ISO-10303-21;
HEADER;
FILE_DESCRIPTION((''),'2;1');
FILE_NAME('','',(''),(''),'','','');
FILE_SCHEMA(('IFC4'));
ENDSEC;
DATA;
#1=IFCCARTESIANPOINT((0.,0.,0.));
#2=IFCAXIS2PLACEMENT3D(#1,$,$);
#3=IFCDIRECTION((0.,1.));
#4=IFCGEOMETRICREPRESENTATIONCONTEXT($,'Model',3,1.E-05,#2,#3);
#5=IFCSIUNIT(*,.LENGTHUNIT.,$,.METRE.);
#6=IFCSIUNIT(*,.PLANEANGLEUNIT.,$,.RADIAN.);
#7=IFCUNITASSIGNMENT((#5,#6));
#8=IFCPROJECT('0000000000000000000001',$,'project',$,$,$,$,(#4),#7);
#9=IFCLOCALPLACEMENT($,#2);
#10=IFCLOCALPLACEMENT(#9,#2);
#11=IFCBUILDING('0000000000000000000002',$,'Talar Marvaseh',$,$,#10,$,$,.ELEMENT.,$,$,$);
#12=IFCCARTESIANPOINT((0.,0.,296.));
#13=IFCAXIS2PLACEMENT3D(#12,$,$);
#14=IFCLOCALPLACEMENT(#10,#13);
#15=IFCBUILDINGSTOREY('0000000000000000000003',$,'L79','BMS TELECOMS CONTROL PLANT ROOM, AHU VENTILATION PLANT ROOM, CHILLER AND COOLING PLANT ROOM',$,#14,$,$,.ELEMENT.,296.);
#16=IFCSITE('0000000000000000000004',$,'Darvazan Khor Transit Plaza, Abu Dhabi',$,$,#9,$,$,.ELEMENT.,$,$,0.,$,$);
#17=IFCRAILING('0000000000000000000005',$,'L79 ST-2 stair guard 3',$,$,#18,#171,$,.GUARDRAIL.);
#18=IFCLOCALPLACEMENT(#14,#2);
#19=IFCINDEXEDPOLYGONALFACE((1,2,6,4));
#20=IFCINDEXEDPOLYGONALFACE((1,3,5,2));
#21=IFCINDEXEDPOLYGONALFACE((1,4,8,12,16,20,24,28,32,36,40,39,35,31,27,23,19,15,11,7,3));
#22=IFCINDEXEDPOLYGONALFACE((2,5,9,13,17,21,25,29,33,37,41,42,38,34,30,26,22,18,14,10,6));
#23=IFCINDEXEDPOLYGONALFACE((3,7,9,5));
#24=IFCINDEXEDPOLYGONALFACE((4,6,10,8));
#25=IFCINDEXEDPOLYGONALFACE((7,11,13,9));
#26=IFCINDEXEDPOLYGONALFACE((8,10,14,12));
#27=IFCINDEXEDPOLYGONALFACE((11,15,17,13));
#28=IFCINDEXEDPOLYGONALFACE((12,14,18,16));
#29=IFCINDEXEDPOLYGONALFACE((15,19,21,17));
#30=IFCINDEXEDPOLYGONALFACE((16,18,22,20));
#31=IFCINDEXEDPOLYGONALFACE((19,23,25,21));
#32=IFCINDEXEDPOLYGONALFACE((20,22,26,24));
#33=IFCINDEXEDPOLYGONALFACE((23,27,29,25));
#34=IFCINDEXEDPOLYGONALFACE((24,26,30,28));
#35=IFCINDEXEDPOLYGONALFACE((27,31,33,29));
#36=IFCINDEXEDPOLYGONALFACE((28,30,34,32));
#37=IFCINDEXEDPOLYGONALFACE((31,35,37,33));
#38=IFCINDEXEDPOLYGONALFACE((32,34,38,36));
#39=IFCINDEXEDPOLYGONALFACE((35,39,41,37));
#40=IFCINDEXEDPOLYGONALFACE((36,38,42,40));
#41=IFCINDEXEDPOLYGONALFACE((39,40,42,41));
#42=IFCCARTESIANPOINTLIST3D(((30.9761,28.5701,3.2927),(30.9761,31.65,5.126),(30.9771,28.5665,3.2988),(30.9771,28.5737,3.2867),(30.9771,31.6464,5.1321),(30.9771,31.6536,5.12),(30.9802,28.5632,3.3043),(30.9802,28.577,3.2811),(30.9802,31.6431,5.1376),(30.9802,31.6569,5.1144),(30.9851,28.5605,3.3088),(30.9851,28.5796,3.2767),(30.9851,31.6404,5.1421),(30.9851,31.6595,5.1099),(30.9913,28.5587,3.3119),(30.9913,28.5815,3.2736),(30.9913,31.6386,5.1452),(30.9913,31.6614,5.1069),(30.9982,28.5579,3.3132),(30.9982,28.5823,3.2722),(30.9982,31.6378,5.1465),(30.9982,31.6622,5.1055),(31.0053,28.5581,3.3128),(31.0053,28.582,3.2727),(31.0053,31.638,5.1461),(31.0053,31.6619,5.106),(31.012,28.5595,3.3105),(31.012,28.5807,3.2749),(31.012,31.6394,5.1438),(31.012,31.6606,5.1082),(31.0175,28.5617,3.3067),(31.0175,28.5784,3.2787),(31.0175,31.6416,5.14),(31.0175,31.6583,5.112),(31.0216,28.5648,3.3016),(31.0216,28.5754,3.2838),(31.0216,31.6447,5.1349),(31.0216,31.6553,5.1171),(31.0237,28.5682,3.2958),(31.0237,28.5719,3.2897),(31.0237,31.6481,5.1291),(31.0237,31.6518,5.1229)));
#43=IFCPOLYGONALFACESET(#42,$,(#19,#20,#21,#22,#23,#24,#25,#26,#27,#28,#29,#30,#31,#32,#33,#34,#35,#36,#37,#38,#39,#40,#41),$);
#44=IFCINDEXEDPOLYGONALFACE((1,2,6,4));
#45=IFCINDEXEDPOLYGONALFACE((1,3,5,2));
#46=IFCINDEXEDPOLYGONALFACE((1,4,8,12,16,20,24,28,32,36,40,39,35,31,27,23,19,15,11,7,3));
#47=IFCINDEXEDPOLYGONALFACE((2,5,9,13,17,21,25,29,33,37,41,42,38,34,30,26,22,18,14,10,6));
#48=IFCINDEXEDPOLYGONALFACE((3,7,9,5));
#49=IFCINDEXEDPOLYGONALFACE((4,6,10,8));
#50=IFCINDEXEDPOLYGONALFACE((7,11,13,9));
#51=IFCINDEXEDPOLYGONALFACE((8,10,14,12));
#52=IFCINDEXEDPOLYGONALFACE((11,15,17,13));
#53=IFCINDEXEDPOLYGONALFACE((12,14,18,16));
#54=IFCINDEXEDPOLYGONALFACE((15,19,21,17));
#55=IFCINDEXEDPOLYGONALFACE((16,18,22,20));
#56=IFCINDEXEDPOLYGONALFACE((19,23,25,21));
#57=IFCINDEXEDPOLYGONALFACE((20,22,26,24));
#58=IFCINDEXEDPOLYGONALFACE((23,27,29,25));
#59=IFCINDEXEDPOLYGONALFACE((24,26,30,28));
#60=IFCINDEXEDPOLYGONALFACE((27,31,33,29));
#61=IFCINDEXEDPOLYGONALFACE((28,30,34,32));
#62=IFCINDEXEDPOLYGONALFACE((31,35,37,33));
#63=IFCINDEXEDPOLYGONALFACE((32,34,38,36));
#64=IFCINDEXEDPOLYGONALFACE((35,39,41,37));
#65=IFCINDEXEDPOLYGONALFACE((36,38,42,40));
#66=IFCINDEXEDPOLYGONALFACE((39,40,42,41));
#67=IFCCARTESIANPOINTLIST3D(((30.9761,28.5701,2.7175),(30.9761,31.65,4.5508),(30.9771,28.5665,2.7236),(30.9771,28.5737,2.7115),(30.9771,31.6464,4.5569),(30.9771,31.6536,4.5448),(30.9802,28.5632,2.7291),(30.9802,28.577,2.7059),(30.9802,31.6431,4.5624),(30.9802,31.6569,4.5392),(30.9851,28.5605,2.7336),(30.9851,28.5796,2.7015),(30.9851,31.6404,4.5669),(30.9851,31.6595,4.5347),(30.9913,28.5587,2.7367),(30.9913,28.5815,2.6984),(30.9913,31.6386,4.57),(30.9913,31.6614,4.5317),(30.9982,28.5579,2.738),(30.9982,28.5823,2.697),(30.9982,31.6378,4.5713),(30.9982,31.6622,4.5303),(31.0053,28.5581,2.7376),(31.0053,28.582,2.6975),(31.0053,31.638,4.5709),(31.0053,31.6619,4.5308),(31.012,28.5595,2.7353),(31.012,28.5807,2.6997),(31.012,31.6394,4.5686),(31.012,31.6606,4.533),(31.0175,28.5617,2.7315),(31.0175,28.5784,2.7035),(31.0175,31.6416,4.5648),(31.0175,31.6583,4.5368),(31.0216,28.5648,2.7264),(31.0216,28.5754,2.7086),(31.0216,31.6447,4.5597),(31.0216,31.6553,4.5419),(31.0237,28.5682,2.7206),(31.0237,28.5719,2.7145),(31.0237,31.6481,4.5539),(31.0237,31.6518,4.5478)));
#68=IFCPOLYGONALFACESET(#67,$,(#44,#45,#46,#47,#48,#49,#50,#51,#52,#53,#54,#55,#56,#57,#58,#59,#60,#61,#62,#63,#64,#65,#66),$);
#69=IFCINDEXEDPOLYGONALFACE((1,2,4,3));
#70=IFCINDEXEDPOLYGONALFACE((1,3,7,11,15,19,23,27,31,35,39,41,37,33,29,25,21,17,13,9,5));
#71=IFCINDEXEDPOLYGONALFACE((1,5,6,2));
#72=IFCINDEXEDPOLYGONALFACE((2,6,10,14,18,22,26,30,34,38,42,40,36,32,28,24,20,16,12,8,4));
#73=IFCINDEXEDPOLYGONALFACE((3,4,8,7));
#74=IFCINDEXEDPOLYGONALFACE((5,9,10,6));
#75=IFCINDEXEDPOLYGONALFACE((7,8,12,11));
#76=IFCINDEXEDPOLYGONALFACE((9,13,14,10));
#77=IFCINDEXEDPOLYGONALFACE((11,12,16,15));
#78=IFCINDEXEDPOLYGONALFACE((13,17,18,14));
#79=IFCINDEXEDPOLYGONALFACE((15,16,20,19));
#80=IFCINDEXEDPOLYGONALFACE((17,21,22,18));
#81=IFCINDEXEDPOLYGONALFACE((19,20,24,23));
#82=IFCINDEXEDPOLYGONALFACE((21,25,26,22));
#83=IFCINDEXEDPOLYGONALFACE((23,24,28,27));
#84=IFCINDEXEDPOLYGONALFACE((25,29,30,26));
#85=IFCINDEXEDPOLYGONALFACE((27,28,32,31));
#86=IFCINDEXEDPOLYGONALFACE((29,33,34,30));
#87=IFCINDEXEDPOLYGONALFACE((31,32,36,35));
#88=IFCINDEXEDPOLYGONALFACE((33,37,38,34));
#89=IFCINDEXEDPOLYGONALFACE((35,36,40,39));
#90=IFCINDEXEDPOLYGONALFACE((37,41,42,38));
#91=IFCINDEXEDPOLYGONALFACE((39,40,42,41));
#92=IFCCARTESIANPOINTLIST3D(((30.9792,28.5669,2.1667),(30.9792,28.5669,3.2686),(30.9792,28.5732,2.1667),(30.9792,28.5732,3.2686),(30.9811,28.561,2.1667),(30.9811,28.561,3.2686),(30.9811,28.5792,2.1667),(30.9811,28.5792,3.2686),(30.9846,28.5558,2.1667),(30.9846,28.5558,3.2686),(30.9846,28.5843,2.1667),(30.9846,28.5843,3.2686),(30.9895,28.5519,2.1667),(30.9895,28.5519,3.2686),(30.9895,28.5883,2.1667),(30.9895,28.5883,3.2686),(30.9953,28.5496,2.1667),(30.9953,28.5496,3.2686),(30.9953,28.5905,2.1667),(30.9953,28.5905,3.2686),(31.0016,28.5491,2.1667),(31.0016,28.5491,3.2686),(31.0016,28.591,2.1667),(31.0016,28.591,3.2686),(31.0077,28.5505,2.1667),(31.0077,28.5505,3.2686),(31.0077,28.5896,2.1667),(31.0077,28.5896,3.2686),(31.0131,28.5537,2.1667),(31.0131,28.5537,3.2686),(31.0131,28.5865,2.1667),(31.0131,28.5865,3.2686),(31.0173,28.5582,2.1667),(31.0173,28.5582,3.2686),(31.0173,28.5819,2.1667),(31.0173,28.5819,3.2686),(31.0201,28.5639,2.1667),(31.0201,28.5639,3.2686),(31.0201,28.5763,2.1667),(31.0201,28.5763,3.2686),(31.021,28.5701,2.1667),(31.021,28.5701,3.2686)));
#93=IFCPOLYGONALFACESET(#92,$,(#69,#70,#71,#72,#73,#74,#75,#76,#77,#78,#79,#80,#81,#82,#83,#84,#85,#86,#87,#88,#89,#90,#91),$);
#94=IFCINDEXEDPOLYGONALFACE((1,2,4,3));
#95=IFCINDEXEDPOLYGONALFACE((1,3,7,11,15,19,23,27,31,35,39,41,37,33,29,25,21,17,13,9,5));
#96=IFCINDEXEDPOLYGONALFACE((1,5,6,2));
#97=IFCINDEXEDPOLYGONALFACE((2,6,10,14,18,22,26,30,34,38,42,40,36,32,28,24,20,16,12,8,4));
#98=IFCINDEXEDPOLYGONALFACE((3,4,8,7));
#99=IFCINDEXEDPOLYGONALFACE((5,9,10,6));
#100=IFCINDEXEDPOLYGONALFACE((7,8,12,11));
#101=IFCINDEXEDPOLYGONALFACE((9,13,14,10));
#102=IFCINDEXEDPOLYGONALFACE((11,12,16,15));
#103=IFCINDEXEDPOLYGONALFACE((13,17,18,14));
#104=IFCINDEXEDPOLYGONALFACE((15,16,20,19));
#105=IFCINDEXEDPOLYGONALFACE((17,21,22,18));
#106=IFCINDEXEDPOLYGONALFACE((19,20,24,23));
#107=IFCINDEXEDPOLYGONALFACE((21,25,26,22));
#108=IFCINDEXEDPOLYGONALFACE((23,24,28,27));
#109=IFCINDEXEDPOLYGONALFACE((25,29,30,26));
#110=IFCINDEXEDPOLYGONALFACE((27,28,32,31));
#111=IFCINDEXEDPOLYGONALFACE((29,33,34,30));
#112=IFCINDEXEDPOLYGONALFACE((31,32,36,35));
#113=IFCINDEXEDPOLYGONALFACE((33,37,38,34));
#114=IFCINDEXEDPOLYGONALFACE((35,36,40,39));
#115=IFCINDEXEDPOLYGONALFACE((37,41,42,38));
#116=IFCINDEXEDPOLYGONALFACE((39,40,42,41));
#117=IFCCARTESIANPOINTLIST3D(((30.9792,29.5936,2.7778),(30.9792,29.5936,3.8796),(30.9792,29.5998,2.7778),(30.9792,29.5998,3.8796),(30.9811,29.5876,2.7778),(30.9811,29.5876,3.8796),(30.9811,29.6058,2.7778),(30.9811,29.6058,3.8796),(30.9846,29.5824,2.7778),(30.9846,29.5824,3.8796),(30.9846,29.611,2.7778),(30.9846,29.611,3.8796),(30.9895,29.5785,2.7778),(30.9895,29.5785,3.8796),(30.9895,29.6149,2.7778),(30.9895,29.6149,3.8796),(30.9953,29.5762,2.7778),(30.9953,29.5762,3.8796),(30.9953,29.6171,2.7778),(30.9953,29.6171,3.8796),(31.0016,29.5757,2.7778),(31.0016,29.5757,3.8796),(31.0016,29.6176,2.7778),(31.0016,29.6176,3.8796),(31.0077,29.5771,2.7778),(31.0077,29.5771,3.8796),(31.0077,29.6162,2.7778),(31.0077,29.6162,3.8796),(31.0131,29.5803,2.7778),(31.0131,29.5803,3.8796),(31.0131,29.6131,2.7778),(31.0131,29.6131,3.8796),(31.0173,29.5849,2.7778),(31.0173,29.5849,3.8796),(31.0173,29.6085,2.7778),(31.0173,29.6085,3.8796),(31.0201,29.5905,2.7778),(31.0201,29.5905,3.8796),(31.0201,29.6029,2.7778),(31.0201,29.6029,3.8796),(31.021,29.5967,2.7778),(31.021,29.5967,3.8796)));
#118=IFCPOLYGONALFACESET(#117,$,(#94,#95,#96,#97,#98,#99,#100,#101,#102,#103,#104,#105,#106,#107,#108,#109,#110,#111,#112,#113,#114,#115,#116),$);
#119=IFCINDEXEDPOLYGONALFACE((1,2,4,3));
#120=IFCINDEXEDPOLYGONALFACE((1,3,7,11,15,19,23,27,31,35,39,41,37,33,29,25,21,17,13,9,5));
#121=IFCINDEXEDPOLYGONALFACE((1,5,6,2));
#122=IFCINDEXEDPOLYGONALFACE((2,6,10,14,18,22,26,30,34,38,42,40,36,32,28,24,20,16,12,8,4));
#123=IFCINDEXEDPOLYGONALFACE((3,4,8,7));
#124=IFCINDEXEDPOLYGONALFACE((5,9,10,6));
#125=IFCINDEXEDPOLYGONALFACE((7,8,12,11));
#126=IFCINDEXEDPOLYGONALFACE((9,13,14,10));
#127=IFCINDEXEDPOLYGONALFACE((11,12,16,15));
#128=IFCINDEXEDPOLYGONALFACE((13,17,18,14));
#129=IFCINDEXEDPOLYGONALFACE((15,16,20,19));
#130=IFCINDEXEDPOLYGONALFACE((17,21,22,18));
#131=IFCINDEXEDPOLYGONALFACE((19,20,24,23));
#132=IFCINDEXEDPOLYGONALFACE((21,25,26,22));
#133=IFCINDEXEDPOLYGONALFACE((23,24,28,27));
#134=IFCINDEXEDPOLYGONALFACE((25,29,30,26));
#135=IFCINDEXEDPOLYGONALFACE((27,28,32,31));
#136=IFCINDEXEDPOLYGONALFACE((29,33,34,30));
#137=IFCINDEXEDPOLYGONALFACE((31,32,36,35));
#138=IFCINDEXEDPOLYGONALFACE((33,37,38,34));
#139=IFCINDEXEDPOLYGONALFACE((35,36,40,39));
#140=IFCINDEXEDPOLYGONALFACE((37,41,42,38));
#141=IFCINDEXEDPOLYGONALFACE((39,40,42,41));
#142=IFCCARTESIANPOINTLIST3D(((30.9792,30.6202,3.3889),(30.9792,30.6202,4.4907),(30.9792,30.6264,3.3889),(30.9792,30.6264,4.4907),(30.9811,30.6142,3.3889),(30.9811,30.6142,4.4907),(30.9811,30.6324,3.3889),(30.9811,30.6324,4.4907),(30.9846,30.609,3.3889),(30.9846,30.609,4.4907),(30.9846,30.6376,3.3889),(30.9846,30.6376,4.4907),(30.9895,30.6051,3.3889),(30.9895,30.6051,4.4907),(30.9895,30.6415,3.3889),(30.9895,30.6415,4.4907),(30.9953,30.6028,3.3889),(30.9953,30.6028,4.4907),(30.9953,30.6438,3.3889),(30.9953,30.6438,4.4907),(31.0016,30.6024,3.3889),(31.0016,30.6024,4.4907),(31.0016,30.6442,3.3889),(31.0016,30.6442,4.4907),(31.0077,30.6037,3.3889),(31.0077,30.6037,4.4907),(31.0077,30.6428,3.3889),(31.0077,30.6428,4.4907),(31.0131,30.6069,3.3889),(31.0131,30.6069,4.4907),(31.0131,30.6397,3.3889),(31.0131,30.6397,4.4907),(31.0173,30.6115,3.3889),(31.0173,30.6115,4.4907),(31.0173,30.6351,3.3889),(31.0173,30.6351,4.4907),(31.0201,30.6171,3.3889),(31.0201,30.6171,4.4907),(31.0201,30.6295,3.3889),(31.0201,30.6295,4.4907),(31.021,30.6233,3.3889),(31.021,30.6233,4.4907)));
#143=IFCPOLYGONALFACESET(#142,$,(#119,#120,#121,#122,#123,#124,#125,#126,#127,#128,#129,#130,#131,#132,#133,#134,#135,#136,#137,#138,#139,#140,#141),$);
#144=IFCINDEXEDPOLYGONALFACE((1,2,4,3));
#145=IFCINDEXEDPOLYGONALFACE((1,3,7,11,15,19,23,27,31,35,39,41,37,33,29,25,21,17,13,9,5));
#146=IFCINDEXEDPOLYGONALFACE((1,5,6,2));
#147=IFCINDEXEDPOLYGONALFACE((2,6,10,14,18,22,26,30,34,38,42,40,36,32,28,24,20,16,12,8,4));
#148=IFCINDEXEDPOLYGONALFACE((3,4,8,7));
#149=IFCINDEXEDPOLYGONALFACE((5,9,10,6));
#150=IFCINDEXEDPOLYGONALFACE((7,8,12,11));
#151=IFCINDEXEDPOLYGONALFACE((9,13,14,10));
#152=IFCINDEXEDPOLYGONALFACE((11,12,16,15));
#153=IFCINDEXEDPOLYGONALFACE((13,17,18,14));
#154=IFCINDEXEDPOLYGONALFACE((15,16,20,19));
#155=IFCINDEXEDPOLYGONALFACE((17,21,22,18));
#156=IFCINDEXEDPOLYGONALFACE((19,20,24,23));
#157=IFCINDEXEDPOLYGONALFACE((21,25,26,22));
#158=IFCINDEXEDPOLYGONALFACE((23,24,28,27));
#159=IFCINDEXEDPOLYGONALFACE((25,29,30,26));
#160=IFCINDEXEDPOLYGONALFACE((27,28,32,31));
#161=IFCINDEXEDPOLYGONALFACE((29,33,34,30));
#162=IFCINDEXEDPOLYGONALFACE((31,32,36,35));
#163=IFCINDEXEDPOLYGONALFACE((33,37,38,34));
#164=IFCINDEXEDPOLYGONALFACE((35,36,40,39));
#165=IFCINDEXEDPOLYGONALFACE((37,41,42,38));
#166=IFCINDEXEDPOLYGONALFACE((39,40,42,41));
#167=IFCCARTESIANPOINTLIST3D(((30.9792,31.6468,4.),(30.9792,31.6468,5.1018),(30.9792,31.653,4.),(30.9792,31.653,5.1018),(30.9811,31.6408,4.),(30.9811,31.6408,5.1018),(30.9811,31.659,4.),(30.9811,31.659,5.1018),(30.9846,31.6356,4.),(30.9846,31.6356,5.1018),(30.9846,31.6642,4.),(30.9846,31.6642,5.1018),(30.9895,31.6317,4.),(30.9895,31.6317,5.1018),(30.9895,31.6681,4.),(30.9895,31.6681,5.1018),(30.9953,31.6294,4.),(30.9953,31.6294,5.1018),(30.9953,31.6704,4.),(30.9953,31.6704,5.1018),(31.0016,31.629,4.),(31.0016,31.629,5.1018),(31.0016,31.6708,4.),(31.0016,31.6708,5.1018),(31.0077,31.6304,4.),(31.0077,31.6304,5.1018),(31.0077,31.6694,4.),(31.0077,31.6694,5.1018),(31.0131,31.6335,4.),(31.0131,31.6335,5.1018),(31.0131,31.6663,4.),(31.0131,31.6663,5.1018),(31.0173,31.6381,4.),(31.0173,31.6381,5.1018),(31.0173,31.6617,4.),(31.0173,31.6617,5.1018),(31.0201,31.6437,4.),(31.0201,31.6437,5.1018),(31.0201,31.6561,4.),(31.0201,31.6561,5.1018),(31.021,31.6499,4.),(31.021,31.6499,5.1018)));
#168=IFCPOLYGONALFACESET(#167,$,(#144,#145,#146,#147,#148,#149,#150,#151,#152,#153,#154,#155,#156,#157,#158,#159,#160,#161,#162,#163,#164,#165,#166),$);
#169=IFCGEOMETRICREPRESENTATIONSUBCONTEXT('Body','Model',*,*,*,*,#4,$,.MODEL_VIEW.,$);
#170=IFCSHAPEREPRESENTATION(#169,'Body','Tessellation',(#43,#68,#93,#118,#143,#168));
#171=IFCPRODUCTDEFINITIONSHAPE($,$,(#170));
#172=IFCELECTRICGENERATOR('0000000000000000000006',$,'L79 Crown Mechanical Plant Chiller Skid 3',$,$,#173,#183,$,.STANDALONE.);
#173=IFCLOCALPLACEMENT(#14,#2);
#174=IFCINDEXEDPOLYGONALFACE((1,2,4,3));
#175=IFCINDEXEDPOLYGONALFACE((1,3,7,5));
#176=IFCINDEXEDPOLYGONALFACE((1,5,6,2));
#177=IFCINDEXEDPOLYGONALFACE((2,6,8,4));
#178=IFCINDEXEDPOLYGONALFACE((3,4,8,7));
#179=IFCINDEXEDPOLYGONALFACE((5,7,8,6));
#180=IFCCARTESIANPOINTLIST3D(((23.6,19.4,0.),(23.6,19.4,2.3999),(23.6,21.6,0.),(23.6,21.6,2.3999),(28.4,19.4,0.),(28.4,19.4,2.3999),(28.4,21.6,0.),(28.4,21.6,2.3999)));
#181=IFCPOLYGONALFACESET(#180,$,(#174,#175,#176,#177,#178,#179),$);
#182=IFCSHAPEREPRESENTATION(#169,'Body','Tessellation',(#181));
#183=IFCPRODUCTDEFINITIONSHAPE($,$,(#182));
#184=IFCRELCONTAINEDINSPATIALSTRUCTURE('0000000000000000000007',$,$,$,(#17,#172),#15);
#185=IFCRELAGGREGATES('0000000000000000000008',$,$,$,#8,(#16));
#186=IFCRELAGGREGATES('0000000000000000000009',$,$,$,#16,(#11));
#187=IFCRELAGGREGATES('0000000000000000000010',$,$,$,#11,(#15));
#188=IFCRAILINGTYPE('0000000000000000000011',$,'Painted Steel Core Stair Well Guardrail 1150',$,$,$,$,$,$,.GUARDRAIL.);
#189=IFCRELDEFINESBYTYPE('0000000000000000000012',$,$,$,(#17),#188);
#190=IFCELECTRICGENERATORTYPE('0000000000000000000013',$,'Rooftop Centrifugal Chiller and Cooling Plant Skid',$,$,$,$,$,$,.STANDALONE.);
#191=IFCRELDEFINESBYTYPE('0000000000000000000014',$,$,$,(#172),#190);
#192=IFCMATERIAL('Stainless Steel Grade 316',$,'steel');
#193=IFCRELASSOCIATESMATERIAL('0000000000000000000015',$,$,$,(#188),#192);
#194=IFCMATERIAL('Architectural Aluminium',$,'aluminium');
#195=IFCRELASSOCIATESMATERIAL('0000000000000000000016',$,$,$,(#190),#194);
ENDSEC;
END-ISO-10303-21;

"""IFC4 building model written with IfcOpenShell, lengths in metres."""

from ifc_helpers import new_model, si_unit, direction, frame, origin, origin_2d, place, context, subcontext, project, spatial, rectangle, circle, extrude, source, transform, mapped, material, type_object, type_shapes, element, save


model = new_model("IFC4")

# Units and contexts
model_context = context("Model", 3, precision=1e-05, world=origin(), true_north=direction((0.0, 1.0)))
body_context = subcontext(model_context, "Body", "Model", "MODEL_VIEW")
ifc_project = project(units=[si_unit("LENGTHUNIT", "METRE"), si_unit("PLANEANGLEUNIT", "RADIAN")], contexts=[model_context])

# Site, building, storey
site_placement = place(None, origin())
site = spatial("IfcSite", under=ifc_project, at=site_placement, Name="Darvazan Khor Transit Plaza, Abu Dhabi", CompositionType="ELEMENT", RefElevation=0.0)
building_placement = place(site_placement, origin())
building = spatial("IfcBuilding", under=site, at=building_placement, Name="Talar Marvaseh", CompositionType="ELEMENT")
storey_placement = place(building_placement, frame((0.0, 0.0, 296.0)))
storey = spatial("IfcBuildingStorey", under=building, at=storey_placement, Name="L79", Description="BMS TELECOMS CONTROL PLANT ROOM, AHU VENTILATION PLANT ROOM, CHILLER AND COOLING PLANT ROOM", CompositionType="ELEMENT", Elevation=296.0)

# Shared definitions
ifc_material_1 = material(Name="Architectural Aluminium", Category="aluminium")

# Railing
ifc_material_2 = material(Name="Stainless Steel Grade 316", Category="steel")
railing_type_1 = type_object("IfcRailingType", Name="Painted Steel Core Stair Well Guardrail 1150", PredefinedType="GUARDRAIL", material=ifc_material_2)
railing_1_placement = place(storey_placement, frame((31.0, 28.5701, 2.1667)))
element("IfcRailing", 1, at=railing_1_placement, inside=storey, type_object=railing_type_1, Name="L79 ST-2 stair guard 3", PredefinedType="GUARDRAIL", context=body_context, shape_type="SweptSolid", body=[
    extrude(circle(Radius=0.0239, at=origin_2d()), frame((0.0, 0.0, 1.126), z_axis=(0.0, 0.859291, 0.511487), x_axis=(-1.0, 0.0, 0.0)), (0.0, 0.0, 1.0), 3.5842),
    extrude(circle(Radius=0.0239, at=origin_2d()), frame((0.0, 0.0, 0.5508), z_axis=(0.0, 0.859291, 0.511487), x_axis=(-1.0, 0.0, 0.0)), (0.0, 0.0, 1.0), 3.5842),
    extrude(circle(Radius=0.021, at=origin_2d()), origin(), (0.0, 0.0, 1.0), 1.1018),
    extrude(circle(Radius=0.021, at=origin_2d()), frame((0.0, 1.0266, 0.6111)), (0.0, 0.0, 1.0), 1.1018),
    extrude(circle(Radius=0.021, at=origin_2d()), frame((0.0, 2.0532, 1.2222)), (0.0, 0.0, 1.0), 1.1018),
    extrude(circle(Radius=0.021, at=origin_2d()), frame((0.0, 3.0798, 1.8333)), (0.0, 0.0, 1.0), 1.1018),
])

# Electric generator
electric_generator_type = type_object("IfcElectricGeneratorType", Name="Rooftop Centrifugal Chiller and Cooling Plant Skid", PredefinedType="STANDALONE", material=ifc_material_1)
shared_shape_1 = source(origin(), body_context, "Body", "SweptSolid", [
    extrude(rectangle(XDim=4.8, YDim=2.2, at=origin_2d()), origin(), (0.0, 0.0, 1.0), 2.3999),
])
type_shapes(electric_generator_type, [shared_shape_1])
electric_generator_placement = place(storey_placement, frame((26.0, 20.5, 0.0), z_axis=(0.0, 0.0, 1.0), x_axis=(1.0, 0.0, 0.0)))
element("IfcElectricGenerator", 2, at=electric_generator_placement, inside=storey, type_object=electric_generator_type, Name="L79 Crown Mechanical Plant Chiller Skid 3", PredefinedType="STANDALONE", context=body_context, shape_type="MappedRepresentation", body=[
    mapped(shared_shape_1, transform((0.0, 0.0, 0.0), x_axis=(1.0, 0.0, 0.0), y_axis=(0.0, 1.0, 0.0), z_axis=(0.0, 0.0, 1.0), scale=1.0)),
])

save(model, "model.ifc")
